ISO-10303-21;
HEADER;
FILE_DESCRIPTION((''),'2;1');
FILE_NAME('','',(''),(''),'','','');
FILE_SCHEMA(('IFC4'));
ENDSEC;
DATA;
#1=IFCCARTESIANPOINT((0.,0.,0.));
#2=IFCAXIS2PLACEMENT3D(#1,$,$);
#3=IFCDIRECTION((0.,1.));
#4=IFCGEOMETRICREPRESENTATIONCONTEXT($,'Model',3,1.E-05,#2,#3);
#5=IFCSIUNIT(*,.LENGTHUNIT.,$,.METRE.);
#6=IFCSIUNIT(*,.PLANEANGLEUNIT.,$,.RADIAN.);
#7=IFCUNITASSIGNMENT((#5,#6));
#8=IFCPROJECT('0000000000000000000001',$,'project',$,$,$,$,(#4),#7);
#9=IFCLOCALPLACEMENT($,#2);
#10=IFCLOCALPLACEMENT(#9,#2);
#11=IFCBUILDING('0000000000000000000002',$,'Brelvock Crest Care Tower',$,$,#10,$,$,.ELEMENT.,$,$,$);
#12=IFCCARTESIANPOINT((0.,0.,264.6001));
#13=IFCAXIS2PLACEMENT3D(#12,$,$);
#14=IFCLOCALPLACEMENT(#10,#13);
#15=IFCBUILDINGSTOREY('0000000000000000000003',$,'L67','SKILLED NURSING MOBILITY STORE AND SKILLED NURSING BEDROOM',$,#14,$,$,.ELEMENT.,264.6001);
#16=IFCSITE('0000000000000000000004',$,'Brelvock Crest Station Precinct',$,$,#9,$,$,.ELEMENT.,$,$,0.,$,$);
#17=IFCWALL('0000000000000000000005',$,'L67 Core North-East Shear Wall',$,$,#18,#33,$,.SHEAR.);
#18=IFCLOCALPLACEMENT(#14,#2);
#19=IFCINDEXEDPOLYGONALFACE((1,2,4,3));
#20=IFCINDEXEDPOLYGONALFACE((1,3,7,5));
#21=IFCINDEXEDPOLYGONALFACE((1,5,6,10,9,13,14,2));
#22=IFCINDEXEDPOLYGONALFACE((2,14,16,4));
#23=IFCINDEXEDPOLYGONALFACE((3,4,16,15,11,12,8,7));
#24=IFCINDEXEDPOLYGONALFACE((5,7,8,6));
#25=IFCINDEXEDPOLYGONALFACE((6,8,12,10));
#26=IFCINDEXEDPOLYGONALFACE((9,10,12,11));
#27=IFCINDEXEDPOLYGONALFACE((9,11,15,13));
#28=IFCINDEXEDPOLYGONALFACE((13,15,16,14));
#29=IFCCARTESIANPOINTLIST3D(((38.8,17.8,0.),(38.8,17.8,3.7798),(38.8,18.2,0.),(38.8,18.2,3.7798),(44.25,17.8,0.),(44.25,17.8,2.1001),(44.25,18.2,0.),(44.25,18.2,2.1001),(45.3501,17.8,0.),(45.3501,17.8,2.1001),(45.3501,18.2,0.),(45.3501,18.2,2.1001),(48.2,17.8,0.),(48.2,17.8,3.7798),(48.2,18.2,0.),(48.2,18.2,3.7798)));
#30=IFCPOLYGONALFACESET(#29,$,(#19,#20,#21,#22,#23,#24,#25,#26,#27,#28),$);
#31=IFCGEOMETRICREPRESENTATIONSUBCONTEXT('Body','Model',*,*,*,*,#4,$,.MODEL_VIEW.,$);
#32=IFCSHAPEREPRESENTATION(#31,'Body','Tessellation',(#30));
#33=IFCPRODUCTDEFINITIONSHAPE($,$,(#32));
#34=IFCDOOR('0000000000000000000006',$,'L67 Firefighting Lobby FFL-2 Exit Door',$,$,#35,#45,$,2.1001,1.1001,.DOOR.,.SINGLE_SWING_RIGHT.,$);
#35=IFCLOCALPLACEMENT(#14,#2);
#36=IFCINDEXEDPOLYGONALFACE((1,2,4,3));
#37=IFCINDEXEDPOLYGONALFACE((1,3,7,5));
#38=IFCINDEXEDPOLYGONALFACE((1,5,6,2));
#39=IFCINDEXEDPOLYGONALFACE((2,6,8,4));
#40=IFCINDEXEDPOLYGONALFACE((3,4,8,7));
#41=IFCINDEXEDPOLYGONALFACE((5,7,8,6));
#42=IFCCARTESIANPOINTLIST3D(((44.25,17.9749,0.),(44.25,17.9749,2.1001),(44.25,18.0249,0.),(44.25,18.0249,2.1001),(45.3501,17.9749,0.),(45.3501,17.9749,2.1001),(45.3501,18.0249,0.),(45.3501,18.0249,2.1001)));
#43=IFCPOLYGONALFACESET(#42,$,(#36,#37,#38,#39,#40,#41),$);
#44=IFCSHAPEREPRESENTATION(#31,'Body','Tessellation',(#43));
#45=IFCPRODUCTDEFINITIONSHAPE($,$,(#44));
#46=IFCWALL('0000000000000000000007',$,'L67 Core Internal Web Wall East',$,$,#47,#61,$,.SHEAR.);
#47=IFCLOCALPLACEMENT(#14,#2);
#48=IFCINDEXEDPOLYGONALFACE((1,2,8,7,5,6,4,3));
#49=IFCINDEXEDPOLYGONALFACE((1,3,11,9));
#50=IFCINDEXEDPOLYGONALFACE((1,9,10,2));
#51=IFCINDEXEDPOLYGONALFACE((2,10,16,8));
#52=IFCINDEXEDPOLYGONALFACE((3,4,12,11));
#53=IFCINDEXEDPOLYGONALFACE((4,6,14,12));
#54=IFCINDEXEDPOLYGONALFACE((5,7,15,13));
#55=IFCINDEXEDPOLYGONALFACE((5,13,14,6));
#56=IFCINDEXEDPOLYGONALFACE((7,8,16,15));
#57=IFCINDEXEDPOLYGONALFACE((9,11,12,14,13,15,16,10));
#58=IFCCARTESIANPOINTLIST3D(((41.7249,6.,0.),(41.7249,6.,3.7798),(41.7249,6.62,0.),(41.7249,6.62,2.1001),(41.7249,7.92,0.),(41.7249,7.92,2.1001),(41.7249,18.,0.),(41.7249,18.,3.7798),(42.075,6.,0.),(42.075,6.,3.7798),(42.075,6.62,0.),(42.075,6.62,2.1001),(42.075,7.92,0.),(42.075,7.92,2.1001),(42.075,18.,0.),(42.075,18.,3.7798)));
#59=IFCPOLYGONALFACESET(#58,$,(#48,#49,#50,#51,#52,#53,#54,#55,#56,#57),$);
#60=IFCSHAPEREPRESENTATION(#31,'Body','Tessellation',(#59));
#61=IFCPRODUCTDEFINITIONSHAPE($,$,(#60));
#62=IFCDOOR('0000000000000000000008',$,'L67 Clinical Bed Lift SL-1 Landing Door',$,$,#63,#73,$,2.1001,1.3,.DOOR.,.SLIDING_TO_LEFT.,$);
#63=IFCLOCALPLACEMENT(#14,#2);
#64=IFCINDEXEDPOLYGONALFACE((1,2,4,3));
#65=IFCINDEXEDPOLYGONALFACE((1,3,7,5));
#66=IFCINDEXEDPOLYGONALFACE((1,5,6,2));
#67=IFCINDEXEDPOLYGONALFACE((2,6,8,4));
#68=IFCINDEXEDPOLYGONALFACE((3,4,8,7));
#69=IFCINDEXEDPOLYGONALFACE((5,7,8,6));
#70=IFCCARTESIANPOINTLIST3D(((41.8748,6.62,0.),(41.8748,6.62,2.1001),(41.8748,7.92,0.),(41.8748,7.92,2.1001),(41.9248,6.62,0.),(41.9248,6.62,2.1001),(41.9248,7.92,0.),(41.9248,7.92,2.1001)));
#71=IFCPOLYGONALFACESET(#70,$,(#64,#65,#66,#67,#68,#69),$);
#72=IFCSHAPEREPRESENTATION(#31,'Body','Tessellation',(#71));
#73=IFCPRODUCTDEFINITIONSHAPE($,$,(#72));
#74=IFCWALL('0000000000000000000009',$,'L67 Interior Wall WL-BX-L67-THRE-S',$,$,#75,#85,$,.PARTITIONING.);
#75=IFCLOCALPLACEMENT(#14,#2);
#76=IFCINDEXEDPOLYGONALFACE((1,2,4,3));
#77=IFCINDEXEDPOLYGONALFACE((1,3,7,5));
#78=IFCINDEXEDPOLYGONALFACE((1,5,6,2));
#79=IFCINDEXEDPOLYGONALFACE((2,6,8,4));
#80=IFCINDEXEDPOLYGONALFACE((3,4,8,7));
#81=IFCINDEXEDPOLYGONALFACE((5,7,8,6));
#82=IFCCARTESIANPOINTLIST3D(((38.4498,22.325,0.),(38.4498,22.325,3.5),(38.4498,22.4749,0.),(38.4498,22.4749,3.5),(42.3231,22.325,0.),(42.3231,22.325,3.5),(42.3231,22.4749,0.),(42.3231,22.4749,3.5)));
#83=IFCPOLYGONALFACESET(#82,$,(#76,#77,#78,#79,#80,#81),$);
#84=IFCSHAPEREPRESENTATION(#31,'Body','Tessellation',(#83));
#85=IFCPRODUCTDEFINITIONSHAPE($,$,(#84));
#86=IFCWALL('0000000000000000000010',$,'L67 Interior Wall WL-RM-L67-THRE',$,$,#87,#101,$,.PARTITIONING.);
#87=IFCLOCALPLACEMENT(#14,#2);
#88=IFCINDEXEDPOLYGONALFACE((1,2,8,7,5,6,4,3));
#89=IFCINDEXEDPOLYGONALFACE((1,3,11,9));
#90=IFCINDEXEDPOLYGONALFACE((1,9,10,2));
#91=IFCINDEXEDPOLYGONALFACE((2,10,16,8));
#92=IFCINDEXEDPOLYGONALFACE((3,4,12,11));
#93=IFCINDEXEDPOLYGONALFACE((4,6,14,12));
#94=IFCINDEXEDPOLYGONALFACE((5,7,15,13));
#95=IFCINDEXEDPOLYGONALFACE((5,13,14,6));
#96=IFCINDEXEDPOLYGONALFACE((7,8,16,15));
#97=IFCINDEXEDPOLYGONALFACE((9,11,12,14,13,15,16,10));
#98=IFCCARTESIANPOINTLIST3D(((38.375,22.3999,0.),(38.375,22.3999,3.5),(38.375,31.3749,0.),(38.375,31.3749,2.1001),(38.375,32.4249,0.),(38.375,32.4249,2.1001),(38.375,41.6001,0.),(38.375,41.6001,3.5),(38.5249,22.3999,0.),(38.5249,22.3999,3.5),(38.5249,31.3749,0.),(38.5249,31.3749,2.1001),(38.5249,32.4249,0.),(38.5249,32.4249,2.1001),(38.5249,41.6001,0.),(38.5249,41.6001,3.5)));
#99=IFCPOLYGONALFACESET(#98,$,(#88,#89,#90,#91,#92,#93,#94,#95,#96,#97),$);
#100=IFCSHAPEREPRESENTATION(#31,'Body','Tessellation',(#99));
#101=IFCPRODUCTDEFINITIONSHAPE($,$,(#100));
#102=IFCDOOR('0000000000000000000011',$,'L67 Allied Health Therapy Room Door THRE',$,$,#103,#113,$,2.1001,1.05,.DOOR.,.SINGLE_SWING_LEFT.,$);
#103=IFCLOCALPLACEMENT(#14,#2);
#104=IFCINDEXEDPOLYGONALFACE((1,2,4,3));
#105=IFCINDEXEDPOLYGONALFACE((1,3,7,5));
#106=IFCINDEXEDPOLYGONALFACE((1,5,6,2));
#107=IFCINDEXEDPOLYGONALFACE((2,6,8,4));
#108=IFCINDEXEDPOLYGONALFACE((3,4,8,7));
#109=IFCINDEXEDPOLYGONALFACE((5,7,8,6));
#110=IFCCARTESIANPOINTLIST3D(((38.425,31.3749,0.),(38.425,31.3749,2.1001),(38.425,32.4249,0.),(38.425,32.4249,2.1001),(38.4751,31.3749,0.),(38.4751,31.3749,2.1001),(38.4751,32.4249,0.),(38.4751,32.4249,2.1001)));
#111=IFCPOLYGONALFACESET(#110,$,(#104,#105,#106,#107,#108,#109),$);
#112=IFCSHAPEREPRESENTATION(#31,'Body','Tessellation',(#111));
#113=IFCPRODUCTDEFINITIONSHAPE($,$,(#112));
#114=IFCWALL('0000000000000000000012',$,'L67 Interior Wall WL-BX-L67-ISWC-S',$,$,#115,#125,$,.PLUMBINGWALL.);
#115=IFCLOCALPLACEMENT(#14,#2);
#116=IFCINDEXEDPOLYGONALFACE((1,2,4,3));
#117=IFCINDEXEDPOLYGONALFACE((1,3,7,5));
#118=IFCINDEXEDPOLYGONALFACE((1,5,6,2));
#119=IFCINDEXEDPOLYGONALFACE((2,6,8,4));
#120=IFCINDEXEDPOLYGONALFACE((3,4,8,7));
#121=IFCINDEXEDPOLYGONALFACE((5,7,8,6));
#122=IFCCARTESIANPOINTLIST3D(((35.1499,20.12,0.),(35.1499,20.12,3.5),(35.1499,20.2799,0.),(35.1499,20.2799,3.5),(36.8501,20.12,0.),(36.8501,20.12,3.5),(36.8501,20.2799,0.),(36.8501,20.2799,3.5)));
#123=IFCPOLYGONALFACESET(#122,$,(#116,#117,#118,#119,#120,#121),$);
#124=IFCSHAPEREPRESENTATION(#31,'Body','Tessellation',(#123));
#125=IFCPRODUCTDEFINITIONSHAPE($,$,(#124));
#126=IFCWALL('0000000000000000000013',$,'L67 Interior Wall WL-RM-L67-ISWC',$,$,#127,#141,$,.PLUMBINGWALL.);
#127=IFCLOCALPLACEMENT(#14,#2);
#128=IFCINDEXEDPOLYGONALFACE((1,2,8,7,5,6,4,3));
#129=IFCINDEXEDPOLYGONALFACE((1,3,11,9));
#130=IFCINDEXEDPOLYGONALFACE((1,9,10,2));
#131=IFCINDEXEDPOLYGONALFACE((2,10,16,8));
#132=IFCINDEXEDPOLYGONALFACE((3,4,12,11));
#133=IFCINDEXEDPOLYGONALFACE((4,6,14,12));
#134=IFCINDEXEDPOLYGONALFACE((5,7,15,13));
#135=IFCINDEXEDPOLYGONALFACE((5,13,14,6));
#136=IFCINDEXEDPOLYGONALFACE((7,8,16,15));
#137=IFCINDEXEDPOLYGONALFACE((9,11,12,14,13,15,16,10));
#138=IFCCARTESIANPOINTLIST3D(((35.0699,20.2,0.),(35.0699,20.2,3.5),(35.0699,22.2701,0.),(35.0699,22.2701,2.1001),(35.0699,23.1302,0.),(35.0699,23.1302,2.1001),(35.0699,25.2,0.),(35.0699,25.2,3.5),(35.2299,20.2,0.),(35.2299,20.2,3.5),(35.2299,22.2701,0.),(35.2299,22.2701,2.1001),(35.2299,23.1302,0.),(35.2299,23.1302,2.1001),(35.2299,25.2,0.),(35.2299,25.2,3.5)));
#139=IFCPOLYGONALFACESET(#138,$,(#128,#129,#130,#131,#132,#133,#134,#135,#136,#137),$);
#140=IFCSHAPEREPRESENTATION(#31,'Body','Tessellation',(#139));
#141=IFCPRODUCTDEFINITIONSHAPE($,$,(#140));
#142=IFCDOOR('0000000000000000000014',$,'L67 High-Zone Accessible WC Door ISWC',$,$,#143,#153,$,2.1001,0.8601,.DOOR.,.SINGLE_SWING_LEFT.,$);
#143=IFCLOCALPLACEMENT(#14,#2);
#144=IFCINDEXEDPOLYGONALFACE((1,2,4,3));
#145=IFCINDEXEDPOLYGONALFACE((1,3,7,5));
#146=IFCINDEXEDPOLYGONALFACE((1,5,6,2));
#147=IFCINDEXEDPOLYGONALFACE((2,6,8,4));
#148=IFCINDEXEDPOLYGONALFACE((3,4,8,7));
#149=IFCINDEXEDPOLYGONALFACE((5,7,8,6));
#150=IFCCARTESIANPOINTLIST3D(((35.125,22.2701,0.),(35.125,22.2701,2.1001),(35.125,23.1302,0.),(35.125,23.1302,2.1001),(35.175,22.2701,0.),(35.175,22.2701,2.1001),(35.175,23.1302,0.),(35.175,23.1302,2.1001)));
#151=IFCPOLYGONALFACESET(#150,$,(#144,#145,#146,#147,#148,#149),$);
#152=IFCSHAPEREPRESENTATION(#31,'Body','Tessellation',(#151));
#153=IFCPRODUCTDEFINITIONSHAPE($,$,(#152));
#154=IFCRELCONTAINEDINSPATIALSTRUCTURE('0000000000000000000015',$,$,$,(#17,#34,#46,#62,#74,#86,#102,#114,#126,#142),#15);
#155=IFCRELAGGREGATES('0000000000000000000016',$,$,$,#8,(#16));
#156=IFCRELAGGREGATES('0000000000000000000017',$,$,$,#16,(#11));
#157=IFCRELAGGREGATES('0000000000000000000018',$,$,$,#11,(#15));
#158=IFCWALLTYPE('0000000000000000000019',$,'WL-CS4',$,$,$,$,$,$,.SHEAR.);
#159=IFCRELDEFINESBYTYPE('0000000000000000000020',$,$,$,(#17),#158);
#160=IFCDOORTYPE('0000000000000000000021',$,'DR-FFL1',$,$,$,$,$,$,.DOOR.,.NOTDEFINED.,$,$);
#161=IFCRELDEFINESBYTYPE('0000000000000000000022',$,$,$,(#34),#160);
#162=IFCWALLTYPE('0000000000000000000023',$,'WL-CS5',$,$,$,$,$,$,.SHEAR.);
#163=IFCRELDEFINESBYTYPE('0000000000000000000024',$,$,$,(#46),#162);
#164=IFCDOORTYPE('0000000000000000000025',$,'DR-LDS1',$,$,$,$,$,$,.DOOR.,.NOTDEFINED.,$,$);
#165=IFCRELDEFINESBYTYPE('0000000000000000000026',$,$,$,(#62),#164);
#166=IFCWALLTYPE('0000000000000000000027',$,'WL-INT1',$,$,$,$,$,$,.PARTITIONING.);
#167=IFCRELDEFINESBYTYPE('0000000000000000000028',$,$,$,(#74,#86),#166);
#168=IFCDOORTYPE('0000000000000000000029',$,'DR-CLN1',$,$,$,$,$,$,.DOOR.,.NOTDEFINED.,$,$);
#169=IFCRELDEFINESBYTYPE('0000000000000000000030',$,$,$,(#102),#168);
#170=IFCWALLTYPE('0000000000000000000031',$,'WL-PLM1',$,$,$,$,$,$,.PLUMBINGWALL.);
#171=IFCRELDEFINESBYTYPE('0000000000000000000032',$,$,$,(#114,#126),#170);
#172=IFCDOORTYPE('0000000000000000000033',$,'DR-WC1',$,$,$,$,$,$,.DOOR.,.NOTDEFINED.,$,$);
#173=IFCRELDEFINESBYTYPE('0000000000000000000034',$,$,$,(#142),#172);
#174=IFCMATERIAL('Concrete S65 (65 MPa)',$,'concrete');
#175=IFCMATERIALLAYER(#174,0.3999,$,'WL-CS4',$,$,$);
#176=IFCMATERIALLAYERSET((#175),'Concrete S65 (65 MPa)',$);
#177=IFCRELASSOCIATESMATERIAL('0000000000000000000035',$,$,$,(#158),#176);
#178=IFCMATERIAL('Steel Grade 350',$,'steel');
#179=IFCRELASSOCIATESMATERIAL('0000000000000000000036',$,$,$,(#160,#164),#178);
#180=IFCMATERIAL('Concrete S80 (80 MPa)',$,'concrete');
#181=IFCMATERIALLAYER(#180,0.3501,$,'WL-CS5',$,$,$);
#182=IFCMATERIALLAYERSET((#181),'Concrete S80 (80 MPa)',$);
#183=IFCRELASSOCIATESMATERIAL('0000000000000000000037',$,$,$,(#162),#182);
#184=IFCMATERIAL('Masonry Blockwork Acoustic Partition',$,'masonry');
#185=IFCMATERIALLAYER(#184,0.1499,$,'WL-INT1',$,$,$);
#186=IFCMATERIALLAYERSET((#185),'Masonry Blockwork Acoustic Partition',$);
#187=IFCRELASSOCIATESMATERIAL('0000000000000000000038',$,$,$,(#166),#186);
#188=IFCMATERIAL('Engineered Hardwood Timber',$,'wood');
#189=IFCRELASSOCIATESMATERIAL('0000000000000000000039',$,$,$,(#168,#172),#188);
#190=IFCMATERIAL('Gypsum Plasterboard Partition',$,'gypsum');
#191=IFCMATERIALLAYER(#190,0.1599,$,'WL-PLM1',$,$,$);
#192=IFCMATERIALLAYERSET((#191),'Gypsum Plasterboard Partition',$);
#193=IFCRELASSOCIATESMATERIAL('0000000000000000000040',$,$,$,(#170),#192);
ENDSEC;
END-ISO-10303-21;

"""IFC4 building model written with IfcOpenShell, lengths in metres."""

from ifc_helpers import new_model, si_unit, direction, frame, frame_2d, origin, origin_2d, place, context, subcontext, project, spatial, rectangle, extrude, source, transform, mapped, material, layer, layer_set, type_object, element, fill, save


model = new_model("IFC4")

# Units and contexts
model_context = context("Model", 3, precision=1e-05, world=origin(), true_north=direction((0.0, 1.0)))
body_context = subcontext(model_context, "Body", "Model", "MODEL_VIEW")
ifc_project = project(units=[si_unit("LENGTHUNIT", "METRE"), si_unit("PLANEANGLEUNIT", "RADIAN")], contexts=[model_context])

# Site, building, storey
site_placement = place(None, origin())
site = spatial("IfcSite", under=ifc_project, at=site_placement, Name="Brelvock Crest Station Precinct", CompositionType="ELEMENT", RefElevation=0.0)
building_placement = place(site_placement, origin())
building = spatial("IfcBuilding", under=site, at=building_placement, Name="Brelvock Crest Care Tower", CompositionType="ELEMENT")
storey_placement = place(building_placement, frame((0.0, 0.0, 264.6001)))
storey = spatial("IfcBuildingStorey", under=building, at=storey_placement, Name="L67", Description="SKILLED NURSING MOBILITY STORE AND SKILLED NURSING BEDROOM", CompositionType="ELEMENT", Elevation=264.6001)

# Shared definitions
ifc_material_1 = material(Name="Concrete S65 (65 MPa)", Category="concrete")

# Shared definitions
ifc_material_2 = material(Name="Steel Grade 350", Category="steel")

# Walls, openings, doors
ifc_layer_1 = layer(ifc_material_1, 0.3999, Name="WL-CS4")
ifc_layer_set_1 = layer_set([ifc_layer_1], Name="Concrete S65 (65 MPa)")
wall_type_1 = type_object("IfcWallType", Name="WL-CS4", PredefinedType="SHEAR", material=ifc_layer_set_1)
wall_1_placement = place(storey_placement, frame((38.8, 18.0, 0.0), z_axis=(0.0, 0.0, 1.0), x_axis=(1.0, 0.0, 0.0)))
wall_1 = element("IfcWall", 1, at=wall_1_placement, inside=storey, type_object=wall_type_1, Name="L67 Core North-East Shear Wall", PredefinedType="SHEAR", context=body_context, shape_type="SweptSolid", body=[
    extrude(rectangle(XDim=9.3999, YDim=0.3999, at=frame_2d((4.7, 0.0))), origin(), (0.0, 0.0, 1.0), 3.7798),
])
opening_1_placement = place(wall_1_placement, frame((5.45, 0.0, 0.0)))
opening_1 = element("IfcOpeningElement", 2, at=opening_1_placement, cuts=wall_1, PredefinedType="OPENING", context=body_context, shape_type="SweptSolid", body=[
    extrude(rectangle(XDim=1.1001, YDim=2.1001, at=origin_2d()), frame((0.55, 0.21, 1.05), z_axis=(0.0, -1.0, 0.0), x_axis=(1.0, 0.0, 0.0)), (0.0, 0.0, 1.0), 0.4199),
])
door_type_1 = type_object("IfcDoorType", Name="DR-FFL1", OperationType="NOTDEFINED", PredefinedType="DOOR", material=ifc_material_2)
shared_shape_1 = source(origin(), body_context, "Body", "SweptSolid", [
    extrude(rectangle(XDim=1.1001, YDim=2.1001, at=origin_2d()), frame((0.55, 0.0249, 1.05), z_axis=(0.0, -1.0, 0.0), x_axis=(1.0, 0.0, 0.0)), (0.0, 0.0, 1.0), 0.05),
])
door_1_placement = place(opening_1_placement, origin())
door_1 = element("IfcDoor", 3, at=door_1_placement, inside=storey, type_object=door_type_1, Name="L67 Firefighting Lobby FFL-2 Exit Door", OperationType="SINGLE_SWING_RIGHT", OverallHeight=2.1001, OverallWidth=1.1001, PredefinedType="DOOR", context=body_context, shape_type="MappedRepresentation", body=[
    mapped(shared_shape_1, transform((0.0, 0.0, 0.0), x_axis=(1.0, 0.0, 0.0), y_axis=(0.0, 1.0, 0.0), z_axis=(0.0, 0.0, 1.0), scale=1.0)),
])
fill(opening_1, door_1)
ifc_material_3 = material(Name="Concrete S80 (80 MPa)", Category="concrete")
ifc_layer_2 = layer(ifc_material_3, 0.3501, Name="WL-CS5")
ifc_layer_set_2 = layer_set([ifc_layer_2], Name="Concrete S80 (80 MPa)")
wall_type_2 = type_object("IfcWallType", Name="WL-CS5", PredefinedType="SHEAR", material=ifc_layer_set_2)
wall_2_placement = place(storey_placement, frame((41.8999, 18.0, 0.0), z_axis=(0.0, 0.0, 1.0), x_axis=(0.0, -1.0, 0.0)))
wall_2 = element("IfcWall", 4, at=wall_2_placement, inside=storey, type_object=wall_type_2, Name="L67 Core Internal Web Wall East", PredefinedType="SHEAR", context=body_context, shape_type="SweptSolid", body=[
    extrude(rectangle(XDim=12.0, YDim=0.3501, at=frame_2d((6.0, 0.0))), origin(), (0.0, 0.0, 1.0), 3.7798),
])
opening_2_placement = place(wall_2_placement, frame((10.0801, 0.0, 0.0)))
opening_2 = element("IfcOpeningElement", 5, at=opening_2_placement, cuts=wall_2, PredefinedType="OPENING", context=body_context, shape_type="SweptSolid", body=[
    extrude(rectangle(XDim=1.3, YDim=2.1001, at=origin_2d()), frame((0.6499, 0.1851, 1.05), z_axis=(0.0, -1.0, 0.0), x_axis=(1.0, 0.0, 0.0)), (0.0, 0.0, 1.0), 0.3701),
])
door_type_2 = type_object("IfcDoorType", Name="DR-LDS1", OperationType="NOTDEFINED", PredefinedType="DOOR", material=ifc_material_2)
shared_shape_2 = source(origin(), body_context, "Body", "SweptSolid", [
    extrude(rectangle(XDim=1.3, YDim=2.1001, at=origin_2d()), frame((0.6499, 0.0249, 1.05), z_axis=(0.0, -1.0, 0.0), x_axis=(1.0, 0.0, 0.0)), (0.0, 0.0, 1.0), 0.05),
])
door_2_placement = place(opening_2_placement, origin())
door_2 = element("IfcDoor", 6, at=door_2_placement, inside=storey, type_object=door_type_2, Name="L67 Clinical Bed Lift SL-1 Landing Door", OperationType="SLIDING_TO_LEFT", OverallHeight=2.1001, OverallWidth=1.3, PredefinedType="DOOR", context=body_context, shape_type="MappedRepresentation", body=[
    mapped(shared_shape_2, transform((0.0, 0.0, 0.0), x_axis=(1.0, 0.0, 0.0), y_axis=(0.0, 1.0, 0.0), z_axis=(0.0, 0.0, 1.0), scale=1.0)),
])
fill(opening_2, door_2)

# Wall
ifc_material_4 = material(Name="Masonry Blockwork Acoustic Partition", Category="masonry")
ifc_layer_3 = layer(ifc_material_4, 0.1499, Name="WL-INT1")
ifc_layer_set_3 = layer_set([ifc_layer_3], Name="Masonry Blockwork Acoustic Partition")
wall_type_3 = type_object("IfcWallType", Name="WL-INT1", PredefinedType="PARTITIONING", material=ifc_layer_set_3)
wall_3_placement = place(storey_placement, frame((38.45, 22.3999, 0.0), z_axis=(0.0, 0.0, 1.0), x_axis=(1.0, 0.0, 0.0)))
element("IfcWall", 7, at=wall_3_placement, inside=storey, type_object=wall_type_3, Name="L67 Interior Wall WL-BX-L67-THRE-S", PredefinedType="PARTITIONING", context=body_context, shape_type="SweptSolid", body=[
    extrude(rectangle(XDim=3.8733, YDim=0.1499, at=frame_2d((1.9365, 0.0))), origin(), (0.0, 0.0, 1.0), 3.5),
])

# Wall, opening, door
wall_4_placement = place(storey_placement, frame((38.45, 22.3999, 0.0), z_axis=(0.0, 0.0, 1.0), x_axis=(0.0, 1.0, 0.0)))
wall_4 = element("IfcWall", 8, at=wall_4_placement, inside=storey, type_object=wall_type_3, Name="L67 Interior Wall WL-RM-L67-THRE", PredefinedType="PARTITIONING", context=body_context, shape_type="SweptSolid", body=[
    extrude(rectangle(XDim=19.2002, YDim=0.1499, at=frame_2d((9.6001, 0.0))), origin(), (0.0, 0.0, 1.0), 3.5),
])
opening_3_placement = place(wall_4_placement, frame((8.9751, 0.0, 0.0)))
opening_3 = element("IfcOpeningElement", 9, at=opening_3_placement, cuts=wall_4, PredefinedType="OPENING", context=body_context, shape_type="SweptSolid", body=[
    extrude(rectangle(XDim=1.05, YDim=2.1001, at=origin_2d()), frame((0.5249, 0.085, 1.05), z_axis=(0.0, -1.0, 0.0), x_axis=(1.0, 0.0, 0.0)), (0.0, 0.0, 1.0), 0.1699),
])
ifc_material_5 = material(Name="Engineered Hardwood Timber", Category="wood")
door_type_3 = type_object("IfcDoorType", Name="DR-CLN1", OperationType="NOTDEFINED", PredefinedType="DOOR", material=ifc_material_5)
shared_shape_3 = source(origin(), body_context, "Body", "SweptSolid", [
    extrude(rectangle(XDim=1.05, YDim=2.1001, at=origin_2d()), frame((0.5249, 0.0249, 1.05), z_axis=(0.0, -1.0, 0.0), x_axis=(1.0, 0.0, 0.0)), (0.0, 0.0, 1.0), 0.05),
])
door_3_placement = place(opening_3_placement, origin())
door_3 = element("IfcDoor", 10, at=door_3_placement, inside=storey, type_object=door_type_3, Name="L67 Allied Health Therapy Room Door THRE", OperationType="SINGLE_SWING_LEFT", OverallHeight=2.1001, OverallWidth=1.05, PredefinedType="DOOR", context=body_context, shape_type="MappedRepresentation", body=[
    mapped(shared_shape_3, transform((0.0, 0.0, 0.0), x_axis=(1.0, 0.0, 0.0), y_axis=(0.0, 1.0, 0.0), z_axis=(0.0, 0.0, 1.0), scale=1.0)),
])
fill(opening_3, door_3)

# Wall
ifc_material_6 = material(Name="Gypsum Plasterboard Partition", Category="gypsum")
ifc_layer_4 = layer(ifc_material_6, 0.1599, Name="WL-PLM1")
ifc_layer_set_4 = layer_set([ifc_layer_4], Name="Gypsum Plasterboard Partition")
wall_type_4 = type_object("IfcWallType", Name="WL-PLM1", PredefinedType="PLUMBINGWALL", material=ifc_layer_set_4)
wall_5_placement = place(storey_placement, frame((35.1499, 20.2, 0.0), z_axis=(0.0, 0.0, 1.0), x_axis=(1.0, 0.0, 0.0)))
element("IfcWall", 11, at=wall_5_placement, inside=storey, type_object=wall_type_4, Name="L67 Interior Wall WL-BX-L67-ISWC-S", PredefinedType="PLUMBINGWALL", context=body_context, shape_type="SweptSolid", body=[
    extrude(rectangle(XDim=1.7002, YDim=0.1599, at=frame_2d((0.8501, 0.0))), origin(), (0.0, 0.0, 1.0), 3.5),
])

# Wall, opening, door
wall_6_placement = place(storey_placement, frame((35.1499, 20.2, 0.0), z_axis=(0.0, 0.0, 1.0), x_axis=(0.0, 1.0, 0.0)))
wall_6 = element("IfcWall", 12, at=wall_6_placement, inside=storey, type_object=wall_type_4, Name="L67 Interior Wall WL-RM-L67-ISWC", PredefinedType="PLUMBINGWALL", context=body_context, shape_type="SweptSolid", body=[
    extrude(rectangle(XDim=5.0, YDim=0.1599, at=frame_2d((2.5, 0.0))), origin(), (0.0, 0.0, 1.0), 3.5),
])
opening_4_placement = place(wall_6_placement, frame((2.0701, 0.0, 0.0)))
opening_4 = element("IfcOpeningElement", 13, at=opening_4_placement, cuts=wall_6, PredefinedType="OPENING", context=body_context, shape_type="SweptSolid", body=[
    extrude(rectangle(XDim=0.8601, YDim=2.1001, at=origin_2d()), frame((0.4302, 0.0898, 1.05), z_axis=(0.0, -1.0, 0.0), x_axis=(1.0, 0.0, 0.0)), (0.0, 0.0, 1.0), 0.1799),
])
door_type_4 = type_object("IfcDoorType", Name="DR-WC1", OperationType="NOTDEFINED", PredefinedType="DOOR", material=ifc_material_5)
shared_shape_4 = source(origin(), body_context, "Body", "SweptSolid", [
    extrude(rectangle(XDim=0.8601, YDim=2.1001, at=origin_2d()), frame((0.4302, 0.0249, 1.05), z_axis=(0.0, -1.0, 0.0), x_axis=(1.0, 0.0, 0.0)), (0.0, 0.0, 1.0), 0.05),
])
door_4_placement = place(opening_4_placement, origin())
door_4 = element("IfcDoor", 14, at=door_4_placement, inside=storey, type_object=door_type_4, Name="L67 High-Zone Accessible WC Door ISWC", OperationType="SINGLE_SWING_LEFT", OverallHeight=2.1001, OverallWidth=0.8601, PredefinedType="DOOR", context=body_context, shape_type="MappedRepresentation", body=[
    mapped(shared_shape_4, transform((0.0, 0.0, 0.0), x_axis=(1.0, 0.0, 0.0), y_axis=(0.0, 1.0, 0.0), z_axis=(0.0, 0.0, 1.0), scale=1.0)),
])
fill(opening_4, door_4)

save(model, "model.ifc")
